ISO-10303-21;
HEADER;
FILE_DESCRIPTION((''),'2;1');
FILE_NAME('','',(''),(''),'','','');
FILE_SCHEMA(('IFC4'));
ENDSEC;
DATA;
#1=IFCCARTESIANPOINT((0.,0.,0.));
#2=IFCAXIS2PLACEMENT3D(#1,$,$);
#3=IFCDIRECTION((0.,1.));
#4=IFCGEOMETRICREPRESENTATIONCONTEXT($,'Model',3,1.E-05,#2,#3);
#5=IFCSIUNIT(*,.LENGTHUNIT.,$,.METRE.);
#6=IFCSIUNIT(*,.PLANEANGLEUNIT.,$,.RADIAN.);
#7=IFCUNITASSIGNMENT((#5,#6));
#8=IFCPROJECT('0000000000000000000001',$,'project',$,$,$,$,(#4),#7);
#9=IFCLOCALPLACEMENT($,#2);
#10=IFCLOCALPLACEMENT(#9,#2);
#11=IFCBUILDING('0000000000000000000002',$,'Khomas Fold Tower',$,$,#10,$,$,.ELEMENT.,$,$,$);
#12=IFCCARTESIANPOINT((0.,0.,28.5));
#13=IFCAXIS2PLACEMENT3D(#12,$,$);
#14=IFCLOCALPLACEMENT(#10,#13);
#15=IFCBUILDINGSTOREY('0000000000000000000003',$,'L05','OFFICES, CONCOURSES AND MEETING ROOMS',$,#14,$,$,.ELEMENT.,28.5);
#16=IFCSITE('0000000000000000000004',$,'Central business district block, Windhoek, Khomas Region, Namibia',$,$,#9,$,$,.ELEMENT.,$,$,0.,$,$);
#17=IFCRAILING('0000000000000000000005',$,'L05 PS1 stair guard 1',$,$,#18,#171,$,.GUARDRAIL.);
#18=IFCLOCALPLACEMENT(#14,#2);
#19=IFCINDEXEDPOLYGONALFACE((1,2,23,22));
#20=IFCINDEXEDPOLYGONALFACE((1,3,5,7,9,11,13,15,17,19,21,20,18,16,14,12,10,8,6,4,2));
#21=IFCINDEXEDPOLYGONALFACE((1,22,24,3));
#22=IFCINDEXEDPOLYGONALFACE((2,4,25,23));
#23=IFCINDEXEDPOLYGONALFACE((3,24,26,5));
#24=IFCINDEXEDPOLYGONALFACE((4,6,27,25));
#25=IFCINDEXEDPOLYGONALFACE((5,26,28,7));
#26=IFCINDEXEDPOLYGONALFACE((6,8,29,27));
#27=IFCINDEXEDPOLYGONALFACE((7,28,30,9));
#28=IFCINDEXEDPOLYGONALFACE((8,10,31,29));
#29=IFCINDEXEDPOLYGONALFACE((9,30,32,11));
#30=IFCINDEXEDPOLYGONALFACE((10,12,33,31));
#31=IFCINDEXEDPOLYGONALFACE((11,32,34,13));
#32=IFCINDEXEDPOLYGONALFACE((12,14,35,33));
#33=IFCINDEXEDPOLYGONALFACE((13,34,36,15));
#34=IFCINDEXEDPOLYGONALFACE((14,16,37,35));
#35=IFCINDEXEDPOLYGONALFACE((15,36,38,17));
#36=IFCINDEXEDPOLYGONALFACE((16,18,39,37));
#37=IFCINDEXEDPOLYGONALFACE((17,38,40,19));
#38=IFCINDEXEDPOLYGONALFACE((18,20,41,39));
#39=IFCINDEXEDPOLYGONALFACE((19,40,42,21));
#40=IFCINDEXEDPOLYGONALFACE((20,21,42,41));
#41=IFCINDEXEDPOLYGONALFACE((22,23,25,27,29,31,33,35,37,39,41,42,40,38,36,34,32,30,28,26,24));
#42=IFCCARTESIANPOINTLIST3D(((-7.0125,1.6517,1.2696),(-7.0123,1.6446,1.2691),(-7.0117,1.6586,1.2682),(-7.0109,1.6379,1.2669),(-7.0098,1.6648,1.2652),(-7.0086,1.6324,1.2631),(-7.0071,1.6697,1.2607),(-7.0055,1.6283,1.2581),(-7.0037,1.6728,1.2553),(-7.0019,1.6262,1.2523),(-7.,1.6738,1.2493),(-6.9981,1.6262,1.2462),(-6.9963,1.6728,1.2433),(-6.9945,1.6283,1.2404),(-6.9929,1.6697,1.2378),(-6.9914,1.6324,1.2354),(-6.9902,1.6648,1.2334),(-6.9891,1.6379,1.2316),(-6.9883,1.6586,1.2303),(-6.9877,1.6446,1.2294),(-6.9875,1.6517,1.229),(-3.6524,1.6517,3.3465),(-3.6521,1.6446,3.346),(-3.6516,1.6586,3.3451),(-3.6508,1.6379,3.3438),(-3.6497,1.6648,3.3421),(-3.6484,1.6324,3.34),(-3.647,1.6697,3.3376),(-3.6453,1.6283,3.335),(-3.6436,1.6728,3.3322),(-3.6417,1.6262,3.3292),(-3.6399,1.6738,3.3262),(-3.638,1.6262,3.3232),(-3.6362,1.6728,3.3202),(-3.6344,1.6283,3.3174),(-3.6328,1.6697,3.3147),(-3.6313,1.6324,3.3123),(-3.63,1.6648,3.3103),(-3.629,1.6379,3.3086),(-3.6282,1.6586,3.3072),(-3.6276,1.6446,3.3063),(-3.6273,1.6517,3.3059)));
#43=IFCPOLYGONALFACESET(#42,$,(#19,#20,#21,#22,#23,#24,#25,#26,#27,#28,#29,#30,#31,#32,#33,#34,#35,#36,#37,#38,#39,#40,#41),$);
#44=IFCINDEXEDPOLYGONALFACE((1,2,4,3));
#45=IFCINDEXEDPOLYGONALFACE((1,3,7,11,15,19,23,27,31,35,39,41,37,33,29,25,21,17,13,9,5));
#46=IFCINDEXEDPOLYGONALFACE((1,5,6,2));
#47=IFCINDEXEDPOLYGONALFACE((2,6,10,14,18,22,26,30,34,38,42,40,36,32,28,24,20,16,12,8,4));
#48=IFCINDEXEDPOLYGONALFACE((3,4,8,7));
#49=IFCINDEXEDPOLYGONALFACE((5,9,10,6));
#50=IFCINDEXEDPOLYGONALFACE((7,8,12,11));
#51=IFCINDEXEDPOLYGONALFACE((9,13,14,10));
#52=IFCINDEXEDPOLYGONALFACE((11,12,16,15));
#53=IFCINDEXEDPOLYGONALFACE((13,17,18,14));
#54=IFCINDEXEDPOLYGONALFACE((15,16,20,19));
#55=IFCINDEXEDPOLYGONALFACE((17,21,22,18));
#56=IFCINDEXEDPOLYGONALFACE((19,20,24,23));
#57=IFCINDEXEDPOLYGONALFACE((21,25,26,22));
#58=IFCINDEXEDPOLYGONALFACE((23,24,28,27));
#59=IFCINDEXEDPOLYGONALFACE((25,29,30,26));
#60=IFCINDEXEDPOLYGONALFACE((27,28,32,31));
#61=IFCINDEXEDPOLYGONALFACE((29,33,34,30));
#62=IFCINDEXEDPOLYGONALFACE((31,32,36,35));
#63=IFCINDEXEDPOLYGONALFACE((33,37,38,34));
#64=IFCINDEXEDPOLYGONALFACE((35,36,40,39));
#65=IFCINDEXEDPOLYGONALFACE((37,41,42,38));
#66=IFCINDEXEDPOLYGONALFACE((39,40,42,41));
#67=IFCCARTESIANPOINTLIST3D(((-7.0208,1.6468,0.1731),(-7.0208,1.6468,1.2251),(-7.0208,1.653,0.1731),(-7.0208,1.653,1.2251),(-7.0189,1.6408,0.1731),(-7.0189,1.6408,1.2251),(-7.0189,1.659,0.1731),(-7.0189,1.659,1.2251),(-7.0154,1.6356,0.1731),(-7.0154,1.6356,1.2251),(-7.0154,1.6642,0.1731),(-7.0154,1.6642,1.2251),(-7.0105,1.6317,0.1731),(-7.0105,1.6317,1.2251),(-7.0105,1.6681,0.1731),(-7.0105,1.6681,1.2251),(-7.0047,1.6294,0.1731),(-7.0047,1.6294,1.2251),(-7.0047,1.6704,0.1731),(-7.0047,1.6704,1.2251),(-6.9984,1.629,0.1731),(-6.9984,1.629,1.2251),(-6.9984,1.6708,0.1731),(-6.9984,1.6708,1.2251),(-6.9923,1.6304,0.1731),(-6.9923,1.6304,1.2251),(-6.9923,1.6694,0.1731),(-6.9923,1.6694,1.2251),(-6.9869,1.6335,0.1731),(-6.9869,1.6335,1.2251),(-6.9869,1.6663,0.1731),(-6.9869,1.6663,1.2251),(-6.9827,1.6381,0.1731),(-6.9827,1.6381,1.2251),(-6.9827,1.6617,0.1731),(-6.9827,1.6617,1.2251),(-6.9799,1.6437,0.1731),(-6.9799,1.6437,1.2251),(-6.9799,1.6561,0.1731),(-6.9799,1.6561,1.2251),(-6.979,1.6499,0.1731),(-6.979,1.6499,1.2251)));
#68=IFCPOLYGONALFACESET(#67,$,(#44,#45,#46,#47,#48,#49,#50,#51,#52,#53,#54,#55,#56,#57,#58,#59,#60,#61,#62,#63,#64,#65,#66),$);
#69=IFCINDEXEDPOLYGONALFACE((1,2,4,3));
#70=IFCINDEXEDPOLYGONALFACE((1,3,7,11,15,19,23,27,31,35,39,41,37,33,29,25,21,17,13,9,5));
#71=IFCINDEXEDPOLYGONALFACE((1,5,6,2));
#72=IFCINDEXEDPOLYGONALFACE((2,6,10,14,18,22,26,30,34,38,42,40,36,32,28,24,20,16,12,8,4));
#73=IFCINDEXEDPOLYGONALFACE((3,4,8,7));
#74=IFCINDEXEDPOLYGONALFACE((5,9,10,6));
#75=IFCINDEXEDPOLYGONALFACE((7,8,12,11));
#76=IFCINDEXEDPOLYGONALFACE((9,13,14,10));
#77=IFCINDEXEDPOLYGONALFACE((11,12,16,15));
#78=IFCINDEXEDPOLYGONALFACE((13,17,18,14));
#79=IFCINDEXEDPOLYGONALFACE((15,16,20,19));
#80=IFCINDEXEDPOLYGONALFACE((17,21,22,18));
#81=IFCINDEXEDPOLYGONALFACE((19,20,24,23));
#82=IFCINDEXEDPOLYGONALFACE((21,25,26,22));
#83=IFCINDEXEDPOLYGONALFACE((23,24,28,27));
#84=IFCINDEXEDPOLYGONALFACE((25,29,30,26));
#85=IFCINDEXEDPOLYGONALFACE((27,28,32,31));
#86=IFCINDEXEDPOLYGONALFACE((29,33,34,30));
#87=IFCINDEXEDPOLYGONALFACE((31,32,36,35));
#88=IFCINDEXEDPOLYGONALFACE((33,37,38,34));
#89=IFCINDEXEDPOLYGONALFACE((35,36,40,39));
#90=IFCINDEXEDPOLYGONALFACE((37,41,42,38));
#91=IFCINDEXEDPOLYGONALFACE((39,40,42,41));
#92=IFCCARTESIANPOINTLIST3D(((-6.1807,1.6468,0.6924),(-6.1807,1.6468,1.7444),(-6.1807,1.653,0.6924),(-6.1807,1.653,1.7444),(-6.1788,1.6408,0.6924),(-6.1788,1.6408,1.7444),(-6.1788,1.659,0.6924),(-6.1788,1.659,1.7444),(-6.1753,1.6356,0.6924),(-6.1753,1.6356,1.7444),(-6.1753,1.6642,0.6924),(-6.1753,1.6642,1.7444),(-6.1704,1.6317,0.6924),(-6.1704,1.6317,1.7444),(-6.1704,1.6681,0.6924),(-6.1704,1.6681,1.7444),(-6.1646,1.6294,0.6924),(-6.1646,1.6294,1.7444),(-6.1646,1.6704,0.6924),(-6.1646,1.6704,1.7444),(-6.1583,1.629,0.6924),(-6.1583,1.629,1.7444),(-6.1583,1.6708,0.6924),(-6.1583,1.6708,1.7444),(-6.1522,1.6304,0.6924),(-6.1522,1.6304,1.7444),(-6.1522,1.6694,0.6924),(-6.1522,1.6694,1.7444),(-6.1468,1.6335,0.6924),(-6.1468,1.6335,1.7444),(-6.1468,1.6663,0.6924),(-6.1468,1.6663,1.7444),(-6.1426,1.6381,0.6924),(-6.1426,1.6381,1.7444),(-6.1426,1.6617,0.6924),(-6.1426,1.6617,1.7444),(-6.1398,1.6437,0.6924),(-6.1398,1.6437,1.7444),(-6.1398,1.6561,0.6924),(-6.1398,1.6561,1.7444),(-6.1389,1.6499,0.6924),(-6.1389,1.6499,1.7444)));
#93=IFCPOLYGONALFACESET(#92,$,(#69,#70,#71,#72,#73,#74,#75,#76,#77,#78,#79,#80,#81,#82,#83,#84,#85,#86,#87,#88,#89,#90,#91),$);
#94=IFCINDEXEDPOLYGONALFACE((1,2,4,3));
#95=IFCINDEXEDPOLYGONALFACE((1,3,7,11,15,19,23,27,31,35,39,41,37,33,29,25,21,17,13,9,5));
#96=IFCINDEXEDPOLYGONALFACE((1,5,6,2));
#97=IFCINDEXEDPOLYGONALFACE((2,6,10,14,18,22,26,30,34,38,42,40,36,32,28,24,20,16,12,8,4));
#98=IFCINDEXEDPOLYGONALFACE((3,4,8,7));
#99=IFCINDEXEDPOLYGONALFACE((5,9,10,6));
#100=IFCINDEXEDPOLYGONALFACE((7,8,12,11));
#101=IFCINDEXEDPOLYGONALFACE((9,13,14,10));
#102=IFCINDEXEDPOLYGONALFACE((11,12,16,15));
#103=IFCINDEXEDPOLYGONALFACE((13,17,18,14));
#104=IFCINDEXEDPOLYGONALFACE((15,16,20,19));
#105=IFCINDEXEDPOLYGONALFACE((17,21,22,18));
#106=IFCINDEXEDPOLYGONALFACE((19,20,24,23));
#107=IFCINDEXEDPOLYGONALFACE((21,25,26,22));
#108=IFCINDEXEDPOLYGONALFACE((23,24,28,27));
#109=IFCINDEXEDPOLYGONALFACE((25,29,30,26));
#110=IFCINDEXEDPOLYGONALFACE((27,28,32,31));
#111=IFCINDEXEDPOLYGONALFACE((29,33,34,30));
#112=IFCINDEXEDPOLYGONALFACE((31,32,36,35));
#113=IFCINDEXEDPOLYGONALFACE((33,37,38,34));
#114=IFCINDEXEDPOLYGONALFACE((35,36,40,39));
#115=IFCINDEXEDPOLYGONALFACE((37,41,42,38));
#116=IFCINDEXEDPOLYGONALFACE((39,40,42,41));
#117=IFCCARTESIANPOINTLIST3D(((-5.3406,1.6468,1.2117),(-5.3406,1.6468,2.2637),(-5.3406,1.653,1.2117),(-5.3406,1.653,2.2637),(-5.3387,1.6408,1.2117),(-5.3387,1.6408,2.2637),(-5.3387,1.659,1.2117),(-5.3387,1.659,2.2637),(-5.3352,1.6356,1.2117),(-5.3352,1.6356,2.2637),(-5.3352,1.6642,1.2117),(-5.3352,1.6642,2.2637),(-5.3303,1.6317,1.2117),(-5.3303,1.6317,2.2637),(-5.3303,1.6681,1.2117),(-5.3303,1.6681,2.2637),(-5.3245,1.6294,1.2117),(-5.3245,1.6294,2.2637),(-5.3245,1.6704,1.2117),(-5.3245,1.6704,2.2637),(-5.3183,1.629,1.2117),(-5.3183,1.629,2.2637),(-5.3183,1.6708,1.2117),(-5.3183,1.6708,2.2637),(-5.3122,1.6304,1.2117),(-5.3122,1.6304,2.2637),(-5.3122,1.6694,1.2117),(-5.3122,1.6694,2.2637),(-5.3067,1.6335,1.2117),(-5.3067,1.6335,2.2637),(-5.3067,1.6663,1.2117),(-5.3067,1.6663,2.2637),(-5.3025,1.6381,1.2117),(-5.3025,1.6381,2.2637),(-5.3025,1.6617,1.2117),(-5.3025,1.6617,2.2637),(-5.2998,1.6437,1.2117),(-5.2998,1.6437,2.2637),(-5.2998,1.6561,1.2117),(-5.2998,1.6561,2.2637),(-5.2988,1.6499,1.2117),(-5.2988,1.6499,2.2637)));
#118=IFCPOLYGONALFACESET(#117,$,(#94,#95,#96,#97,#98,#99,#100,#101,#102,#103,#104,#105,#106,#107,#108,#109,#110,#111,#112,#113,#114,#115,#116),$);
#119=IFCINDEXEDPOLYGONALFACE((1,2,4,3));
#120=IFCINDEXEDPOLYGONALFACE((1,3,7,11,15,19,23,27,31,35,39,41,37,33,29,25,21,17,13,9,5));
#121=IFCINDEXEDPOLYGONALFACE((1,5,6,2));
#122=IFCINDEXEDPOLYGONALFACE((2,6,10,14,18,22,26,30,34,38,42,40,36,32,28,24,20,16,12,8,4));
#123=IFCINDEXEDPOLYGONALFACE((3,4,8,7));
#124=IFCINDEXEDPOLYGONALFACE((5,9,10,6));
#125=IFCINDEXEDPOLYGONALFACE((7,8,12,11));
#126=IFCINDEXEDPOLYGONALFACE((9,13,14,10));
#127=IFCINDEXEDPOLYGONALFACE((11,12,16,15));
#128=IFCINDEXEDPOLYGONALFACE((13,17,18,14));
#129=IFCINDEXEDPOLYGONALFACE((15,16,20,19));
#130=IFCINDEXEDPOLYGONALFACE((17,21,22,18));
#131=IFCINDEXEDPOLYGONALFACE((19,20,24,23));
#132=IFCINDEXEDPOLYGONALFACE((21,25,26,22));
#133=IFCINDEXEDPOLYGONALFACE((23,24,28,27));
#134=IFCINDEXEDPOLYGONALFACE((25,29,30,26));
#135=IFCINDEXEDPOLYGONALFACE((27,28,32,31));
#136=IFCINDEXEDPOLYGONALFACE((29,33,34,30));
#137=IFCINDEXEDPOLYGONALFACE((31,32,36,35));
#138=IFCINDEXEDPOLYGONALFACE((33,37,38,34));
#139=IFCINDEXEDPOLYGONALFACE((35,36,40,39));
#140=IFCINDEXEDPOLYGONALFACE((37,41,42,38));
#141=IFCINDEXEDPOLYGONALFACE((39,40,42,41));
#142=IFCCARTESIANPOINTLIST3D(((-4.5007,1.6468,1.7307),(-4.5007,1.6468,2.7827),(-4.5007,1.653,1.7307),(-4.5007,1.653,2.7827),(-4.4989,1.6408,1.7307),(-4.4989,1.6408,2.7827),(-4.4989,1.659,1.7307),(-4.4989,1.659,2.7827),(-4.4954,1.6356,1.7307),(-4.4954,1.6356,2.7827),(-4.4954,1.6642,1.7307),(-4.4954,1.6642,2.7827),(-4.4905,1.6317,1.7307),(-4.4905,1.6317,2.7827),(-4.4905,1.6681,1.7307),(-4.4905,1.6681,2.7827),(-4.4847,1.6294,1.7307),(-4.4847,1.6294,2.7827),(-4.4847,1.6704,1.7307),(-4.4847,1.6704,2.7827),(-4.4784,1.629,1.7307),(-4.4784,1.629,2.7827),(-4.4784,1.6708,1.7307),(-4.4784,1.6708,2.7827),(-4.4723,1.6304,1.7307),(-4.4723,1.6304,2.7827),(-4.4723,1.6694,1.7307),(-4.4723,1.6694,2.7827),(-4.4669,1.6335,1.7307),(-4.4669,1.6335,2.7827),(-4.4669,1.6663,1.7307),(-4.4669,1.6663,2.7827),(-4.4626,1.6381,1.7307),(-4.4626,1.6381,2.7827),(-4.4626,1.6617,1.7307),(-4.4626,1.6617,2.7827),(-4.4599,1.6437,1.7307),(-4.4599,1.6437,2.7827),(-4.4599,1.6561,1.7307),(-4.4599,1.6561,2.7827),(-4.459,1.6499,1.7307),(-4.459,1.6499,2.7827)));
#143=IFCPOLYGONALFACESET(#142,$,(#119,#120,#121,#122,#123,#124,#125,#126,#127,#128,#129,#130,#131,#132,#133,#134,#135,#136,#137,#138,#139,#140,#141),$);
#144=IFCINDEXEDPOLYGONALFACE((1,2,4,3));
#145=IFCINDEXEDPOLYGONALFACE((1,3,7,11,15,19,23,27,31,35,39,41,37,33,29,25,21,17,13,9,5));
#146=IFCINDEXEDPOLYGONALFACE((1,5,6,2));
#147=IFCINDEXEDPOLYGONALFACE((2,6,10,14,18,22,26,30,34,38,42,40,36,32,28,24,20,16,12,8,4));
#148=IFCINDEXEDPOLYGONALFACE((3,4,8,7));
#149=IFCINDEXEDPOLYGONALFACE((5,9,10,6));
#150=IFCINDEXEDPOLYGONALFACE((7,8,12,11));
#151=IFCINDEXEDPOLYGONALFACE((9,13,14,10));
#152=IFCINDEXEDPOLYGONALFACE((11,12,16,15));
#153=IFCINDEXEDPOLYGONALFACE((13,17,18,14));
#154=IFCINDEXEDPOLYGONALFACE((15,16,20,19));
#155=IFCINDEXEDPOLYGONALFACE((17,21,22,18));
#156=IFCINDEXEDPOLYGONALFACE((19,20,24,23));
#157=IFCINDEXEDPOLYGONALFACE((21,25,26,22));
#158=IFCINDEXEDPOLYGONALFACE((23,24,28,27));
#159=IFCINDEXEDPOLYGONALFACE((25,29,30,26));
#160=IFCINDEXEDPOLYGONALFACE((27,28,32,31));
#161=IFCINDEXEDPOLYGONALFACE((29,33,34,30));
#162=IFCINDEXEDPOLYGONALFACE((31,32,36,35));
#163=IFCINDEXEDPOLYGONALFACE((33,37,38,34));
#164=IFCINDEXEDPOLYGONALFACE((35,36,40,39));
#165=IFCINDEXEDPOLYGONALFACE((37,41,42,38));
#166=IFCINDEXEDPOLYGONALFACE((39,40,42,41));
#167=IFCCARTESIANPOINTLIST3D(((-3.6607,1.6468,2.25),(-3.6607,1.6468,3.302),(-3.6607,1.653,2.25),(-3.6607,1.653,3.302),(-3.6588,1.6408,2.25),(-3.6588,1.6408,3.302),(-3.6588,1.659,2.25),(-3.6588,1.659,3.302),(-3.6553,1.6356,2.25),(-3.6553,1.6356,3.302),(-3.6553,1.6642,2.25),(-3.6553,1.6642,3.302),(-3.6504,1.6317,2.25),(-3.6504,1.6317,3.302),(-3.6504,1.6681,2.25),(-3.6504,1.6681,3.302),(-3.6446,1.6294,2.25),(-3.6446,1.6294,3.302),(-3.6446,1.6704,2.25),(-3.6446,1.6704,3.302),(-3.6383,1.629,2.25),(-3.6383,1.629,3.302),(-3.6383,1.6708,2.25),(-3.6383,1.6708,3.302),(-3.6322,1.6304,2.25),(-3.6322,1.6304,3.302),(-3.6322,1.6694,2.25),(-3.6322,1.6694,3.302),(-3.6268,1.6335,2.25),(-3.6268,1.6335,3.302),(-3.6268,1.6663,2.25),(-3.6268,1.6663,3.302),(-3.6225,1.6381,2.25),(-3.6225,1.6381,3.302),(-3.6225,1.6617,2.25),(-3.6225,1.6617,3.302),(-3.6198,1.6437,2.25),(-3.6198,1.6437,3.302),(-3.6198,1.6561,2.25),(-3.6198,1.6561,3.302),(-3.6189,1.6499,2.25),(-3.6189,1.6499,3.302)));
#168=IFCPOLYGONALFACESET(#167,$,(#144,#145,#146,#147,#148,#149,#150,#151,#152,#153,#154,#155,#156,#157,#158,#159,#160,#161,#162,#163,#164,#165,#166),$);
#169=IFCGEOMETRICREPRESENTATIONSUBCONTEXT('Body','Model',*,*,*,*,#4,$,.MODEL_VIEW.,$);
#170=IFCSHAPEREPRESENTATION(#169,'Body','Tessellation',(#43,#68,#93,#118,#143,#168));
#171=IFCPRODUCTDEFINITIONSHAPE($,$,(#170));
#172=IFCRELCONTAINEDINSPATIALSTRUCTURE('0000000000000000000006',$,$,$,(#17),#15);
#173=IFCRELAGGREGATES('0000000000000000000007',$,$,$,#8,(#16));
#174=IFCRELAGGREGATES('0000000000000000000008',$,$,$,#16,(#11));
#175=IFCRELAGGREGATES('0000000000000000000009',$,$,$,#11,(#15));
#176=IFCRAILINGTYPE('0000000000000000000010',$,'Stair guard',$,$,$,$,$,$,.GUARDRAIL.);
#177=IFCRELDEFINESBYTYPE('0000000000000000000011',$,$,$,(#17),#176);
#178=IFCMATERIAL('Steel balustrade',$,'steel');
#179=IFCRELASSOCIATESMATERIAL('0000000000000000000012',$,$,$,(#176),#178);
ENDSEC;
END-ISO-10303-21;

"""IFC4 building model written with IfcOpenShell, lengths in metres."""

from ifc_helpers import new_model, si_unit, direction, frame, origin, origin_2d, place, context, subcontext, project, spatial, circle, extrude, source, transform, mapped, material, type_object, element, save


model = new_model("IFC4")

# Units and contexts
model_context = context("Model", 3, precision=1e-05, world=origin(), true_north=direction((0.0, 1.0)))
body_context = subcontext(model_context, "Body", "Model", "MODEL_VIEW")
ifc_project = project(units=[si_unit("LENGTHUNIT", "METRE"), si_unit("PLANEANGLEUNIT", "RADIAN")], contexts=[model_context])

# Site, building, storey
site_placement = place(None, origin())
site = spatial("IfcSite", under=ifc_project, at=site_placement, Name="Central business district block, Windhoek, Khomas Region, Namibia", CompositionType="ELEMENT", RefElevation=0.0)
building_placement = place(site_placement, origin())
building = spatial("IfcBuilding", under=site, at=building_placement, Name="Khomas Fold Tower", CompositionType="ELEMENT")
storey_placement = place(building_placement, frame((0.0, 0.0, 28.5)))
storey = spatial("IfcBuildingStorey", under=building, at=storey_placement, Name="L05", Description="OFFICES, CONCOURSES AND MEETING ROOMS", CompositionType="ELEMENT", Elevation=28.5)

# Railing
ifc_material_1 = material(Name="Steel balustrade", Category="steel")
railing_type_1 = type_object("IfcRailingType", Name="Stair guard", PredefinedType="GUARDRAIL", material=ifc_material_1)
shared_shape_1 = source(origin(), body_context, "Body", "SweptSolid", [
    extrude(circle(Radius=0.0239, at=origin_2d()), frame((0.0, 0.0, 1.0762), z_axis=(0.850623, 0.0, 0.525776), x_axis=(0.0, 1.0, 0.0)), (0.0, 0.0, 1.0), 3.9502),
    extrude(circle(Radius=0.021, at=origin_2d()), origin(), (0.0, 0.0, 1.0), 1.052),
    extrude(circle(Radius=0.021, at=origin_2d()), frame((0.8401, 0.0, 0.5193)), (0.0, 0.0, 1.0), 1.052),
    extrude(circle(Radius=0.021, at=origin_2d()), frame((1.6802, 0.0, 1.0386)), (0.0, 0.0, 1.0), 1.052),
    extrude(circle(Radius=0.021, at=origin_2d()), frame((2.52, 0.0, 1.5576)), (0.0, 0.0, 1.0), 1.052),
    extrude(circle(Radius=0.021, at=origin_2d()), frame((3.3601, 0.0, 2.0769)), (0.0, 0.0, 1.0), 1.052),
])
railing_1_placement = place(storey_placement, frame((-7.0, 1.6499, 0.1731)))
element("IfcRailing", 1, at=railing_1_placement, inside=storey, type_object=railing_type_1, Name="L05 PS1 stair guard 1", PredefinedType="GUARDRAIL", context=body_context, shape_type="MappedRepresentation", body=[
    mapped(shared_shape_1, transform((0.0, 0.0, 0.0))),
])

save(model, "model.ifc")
